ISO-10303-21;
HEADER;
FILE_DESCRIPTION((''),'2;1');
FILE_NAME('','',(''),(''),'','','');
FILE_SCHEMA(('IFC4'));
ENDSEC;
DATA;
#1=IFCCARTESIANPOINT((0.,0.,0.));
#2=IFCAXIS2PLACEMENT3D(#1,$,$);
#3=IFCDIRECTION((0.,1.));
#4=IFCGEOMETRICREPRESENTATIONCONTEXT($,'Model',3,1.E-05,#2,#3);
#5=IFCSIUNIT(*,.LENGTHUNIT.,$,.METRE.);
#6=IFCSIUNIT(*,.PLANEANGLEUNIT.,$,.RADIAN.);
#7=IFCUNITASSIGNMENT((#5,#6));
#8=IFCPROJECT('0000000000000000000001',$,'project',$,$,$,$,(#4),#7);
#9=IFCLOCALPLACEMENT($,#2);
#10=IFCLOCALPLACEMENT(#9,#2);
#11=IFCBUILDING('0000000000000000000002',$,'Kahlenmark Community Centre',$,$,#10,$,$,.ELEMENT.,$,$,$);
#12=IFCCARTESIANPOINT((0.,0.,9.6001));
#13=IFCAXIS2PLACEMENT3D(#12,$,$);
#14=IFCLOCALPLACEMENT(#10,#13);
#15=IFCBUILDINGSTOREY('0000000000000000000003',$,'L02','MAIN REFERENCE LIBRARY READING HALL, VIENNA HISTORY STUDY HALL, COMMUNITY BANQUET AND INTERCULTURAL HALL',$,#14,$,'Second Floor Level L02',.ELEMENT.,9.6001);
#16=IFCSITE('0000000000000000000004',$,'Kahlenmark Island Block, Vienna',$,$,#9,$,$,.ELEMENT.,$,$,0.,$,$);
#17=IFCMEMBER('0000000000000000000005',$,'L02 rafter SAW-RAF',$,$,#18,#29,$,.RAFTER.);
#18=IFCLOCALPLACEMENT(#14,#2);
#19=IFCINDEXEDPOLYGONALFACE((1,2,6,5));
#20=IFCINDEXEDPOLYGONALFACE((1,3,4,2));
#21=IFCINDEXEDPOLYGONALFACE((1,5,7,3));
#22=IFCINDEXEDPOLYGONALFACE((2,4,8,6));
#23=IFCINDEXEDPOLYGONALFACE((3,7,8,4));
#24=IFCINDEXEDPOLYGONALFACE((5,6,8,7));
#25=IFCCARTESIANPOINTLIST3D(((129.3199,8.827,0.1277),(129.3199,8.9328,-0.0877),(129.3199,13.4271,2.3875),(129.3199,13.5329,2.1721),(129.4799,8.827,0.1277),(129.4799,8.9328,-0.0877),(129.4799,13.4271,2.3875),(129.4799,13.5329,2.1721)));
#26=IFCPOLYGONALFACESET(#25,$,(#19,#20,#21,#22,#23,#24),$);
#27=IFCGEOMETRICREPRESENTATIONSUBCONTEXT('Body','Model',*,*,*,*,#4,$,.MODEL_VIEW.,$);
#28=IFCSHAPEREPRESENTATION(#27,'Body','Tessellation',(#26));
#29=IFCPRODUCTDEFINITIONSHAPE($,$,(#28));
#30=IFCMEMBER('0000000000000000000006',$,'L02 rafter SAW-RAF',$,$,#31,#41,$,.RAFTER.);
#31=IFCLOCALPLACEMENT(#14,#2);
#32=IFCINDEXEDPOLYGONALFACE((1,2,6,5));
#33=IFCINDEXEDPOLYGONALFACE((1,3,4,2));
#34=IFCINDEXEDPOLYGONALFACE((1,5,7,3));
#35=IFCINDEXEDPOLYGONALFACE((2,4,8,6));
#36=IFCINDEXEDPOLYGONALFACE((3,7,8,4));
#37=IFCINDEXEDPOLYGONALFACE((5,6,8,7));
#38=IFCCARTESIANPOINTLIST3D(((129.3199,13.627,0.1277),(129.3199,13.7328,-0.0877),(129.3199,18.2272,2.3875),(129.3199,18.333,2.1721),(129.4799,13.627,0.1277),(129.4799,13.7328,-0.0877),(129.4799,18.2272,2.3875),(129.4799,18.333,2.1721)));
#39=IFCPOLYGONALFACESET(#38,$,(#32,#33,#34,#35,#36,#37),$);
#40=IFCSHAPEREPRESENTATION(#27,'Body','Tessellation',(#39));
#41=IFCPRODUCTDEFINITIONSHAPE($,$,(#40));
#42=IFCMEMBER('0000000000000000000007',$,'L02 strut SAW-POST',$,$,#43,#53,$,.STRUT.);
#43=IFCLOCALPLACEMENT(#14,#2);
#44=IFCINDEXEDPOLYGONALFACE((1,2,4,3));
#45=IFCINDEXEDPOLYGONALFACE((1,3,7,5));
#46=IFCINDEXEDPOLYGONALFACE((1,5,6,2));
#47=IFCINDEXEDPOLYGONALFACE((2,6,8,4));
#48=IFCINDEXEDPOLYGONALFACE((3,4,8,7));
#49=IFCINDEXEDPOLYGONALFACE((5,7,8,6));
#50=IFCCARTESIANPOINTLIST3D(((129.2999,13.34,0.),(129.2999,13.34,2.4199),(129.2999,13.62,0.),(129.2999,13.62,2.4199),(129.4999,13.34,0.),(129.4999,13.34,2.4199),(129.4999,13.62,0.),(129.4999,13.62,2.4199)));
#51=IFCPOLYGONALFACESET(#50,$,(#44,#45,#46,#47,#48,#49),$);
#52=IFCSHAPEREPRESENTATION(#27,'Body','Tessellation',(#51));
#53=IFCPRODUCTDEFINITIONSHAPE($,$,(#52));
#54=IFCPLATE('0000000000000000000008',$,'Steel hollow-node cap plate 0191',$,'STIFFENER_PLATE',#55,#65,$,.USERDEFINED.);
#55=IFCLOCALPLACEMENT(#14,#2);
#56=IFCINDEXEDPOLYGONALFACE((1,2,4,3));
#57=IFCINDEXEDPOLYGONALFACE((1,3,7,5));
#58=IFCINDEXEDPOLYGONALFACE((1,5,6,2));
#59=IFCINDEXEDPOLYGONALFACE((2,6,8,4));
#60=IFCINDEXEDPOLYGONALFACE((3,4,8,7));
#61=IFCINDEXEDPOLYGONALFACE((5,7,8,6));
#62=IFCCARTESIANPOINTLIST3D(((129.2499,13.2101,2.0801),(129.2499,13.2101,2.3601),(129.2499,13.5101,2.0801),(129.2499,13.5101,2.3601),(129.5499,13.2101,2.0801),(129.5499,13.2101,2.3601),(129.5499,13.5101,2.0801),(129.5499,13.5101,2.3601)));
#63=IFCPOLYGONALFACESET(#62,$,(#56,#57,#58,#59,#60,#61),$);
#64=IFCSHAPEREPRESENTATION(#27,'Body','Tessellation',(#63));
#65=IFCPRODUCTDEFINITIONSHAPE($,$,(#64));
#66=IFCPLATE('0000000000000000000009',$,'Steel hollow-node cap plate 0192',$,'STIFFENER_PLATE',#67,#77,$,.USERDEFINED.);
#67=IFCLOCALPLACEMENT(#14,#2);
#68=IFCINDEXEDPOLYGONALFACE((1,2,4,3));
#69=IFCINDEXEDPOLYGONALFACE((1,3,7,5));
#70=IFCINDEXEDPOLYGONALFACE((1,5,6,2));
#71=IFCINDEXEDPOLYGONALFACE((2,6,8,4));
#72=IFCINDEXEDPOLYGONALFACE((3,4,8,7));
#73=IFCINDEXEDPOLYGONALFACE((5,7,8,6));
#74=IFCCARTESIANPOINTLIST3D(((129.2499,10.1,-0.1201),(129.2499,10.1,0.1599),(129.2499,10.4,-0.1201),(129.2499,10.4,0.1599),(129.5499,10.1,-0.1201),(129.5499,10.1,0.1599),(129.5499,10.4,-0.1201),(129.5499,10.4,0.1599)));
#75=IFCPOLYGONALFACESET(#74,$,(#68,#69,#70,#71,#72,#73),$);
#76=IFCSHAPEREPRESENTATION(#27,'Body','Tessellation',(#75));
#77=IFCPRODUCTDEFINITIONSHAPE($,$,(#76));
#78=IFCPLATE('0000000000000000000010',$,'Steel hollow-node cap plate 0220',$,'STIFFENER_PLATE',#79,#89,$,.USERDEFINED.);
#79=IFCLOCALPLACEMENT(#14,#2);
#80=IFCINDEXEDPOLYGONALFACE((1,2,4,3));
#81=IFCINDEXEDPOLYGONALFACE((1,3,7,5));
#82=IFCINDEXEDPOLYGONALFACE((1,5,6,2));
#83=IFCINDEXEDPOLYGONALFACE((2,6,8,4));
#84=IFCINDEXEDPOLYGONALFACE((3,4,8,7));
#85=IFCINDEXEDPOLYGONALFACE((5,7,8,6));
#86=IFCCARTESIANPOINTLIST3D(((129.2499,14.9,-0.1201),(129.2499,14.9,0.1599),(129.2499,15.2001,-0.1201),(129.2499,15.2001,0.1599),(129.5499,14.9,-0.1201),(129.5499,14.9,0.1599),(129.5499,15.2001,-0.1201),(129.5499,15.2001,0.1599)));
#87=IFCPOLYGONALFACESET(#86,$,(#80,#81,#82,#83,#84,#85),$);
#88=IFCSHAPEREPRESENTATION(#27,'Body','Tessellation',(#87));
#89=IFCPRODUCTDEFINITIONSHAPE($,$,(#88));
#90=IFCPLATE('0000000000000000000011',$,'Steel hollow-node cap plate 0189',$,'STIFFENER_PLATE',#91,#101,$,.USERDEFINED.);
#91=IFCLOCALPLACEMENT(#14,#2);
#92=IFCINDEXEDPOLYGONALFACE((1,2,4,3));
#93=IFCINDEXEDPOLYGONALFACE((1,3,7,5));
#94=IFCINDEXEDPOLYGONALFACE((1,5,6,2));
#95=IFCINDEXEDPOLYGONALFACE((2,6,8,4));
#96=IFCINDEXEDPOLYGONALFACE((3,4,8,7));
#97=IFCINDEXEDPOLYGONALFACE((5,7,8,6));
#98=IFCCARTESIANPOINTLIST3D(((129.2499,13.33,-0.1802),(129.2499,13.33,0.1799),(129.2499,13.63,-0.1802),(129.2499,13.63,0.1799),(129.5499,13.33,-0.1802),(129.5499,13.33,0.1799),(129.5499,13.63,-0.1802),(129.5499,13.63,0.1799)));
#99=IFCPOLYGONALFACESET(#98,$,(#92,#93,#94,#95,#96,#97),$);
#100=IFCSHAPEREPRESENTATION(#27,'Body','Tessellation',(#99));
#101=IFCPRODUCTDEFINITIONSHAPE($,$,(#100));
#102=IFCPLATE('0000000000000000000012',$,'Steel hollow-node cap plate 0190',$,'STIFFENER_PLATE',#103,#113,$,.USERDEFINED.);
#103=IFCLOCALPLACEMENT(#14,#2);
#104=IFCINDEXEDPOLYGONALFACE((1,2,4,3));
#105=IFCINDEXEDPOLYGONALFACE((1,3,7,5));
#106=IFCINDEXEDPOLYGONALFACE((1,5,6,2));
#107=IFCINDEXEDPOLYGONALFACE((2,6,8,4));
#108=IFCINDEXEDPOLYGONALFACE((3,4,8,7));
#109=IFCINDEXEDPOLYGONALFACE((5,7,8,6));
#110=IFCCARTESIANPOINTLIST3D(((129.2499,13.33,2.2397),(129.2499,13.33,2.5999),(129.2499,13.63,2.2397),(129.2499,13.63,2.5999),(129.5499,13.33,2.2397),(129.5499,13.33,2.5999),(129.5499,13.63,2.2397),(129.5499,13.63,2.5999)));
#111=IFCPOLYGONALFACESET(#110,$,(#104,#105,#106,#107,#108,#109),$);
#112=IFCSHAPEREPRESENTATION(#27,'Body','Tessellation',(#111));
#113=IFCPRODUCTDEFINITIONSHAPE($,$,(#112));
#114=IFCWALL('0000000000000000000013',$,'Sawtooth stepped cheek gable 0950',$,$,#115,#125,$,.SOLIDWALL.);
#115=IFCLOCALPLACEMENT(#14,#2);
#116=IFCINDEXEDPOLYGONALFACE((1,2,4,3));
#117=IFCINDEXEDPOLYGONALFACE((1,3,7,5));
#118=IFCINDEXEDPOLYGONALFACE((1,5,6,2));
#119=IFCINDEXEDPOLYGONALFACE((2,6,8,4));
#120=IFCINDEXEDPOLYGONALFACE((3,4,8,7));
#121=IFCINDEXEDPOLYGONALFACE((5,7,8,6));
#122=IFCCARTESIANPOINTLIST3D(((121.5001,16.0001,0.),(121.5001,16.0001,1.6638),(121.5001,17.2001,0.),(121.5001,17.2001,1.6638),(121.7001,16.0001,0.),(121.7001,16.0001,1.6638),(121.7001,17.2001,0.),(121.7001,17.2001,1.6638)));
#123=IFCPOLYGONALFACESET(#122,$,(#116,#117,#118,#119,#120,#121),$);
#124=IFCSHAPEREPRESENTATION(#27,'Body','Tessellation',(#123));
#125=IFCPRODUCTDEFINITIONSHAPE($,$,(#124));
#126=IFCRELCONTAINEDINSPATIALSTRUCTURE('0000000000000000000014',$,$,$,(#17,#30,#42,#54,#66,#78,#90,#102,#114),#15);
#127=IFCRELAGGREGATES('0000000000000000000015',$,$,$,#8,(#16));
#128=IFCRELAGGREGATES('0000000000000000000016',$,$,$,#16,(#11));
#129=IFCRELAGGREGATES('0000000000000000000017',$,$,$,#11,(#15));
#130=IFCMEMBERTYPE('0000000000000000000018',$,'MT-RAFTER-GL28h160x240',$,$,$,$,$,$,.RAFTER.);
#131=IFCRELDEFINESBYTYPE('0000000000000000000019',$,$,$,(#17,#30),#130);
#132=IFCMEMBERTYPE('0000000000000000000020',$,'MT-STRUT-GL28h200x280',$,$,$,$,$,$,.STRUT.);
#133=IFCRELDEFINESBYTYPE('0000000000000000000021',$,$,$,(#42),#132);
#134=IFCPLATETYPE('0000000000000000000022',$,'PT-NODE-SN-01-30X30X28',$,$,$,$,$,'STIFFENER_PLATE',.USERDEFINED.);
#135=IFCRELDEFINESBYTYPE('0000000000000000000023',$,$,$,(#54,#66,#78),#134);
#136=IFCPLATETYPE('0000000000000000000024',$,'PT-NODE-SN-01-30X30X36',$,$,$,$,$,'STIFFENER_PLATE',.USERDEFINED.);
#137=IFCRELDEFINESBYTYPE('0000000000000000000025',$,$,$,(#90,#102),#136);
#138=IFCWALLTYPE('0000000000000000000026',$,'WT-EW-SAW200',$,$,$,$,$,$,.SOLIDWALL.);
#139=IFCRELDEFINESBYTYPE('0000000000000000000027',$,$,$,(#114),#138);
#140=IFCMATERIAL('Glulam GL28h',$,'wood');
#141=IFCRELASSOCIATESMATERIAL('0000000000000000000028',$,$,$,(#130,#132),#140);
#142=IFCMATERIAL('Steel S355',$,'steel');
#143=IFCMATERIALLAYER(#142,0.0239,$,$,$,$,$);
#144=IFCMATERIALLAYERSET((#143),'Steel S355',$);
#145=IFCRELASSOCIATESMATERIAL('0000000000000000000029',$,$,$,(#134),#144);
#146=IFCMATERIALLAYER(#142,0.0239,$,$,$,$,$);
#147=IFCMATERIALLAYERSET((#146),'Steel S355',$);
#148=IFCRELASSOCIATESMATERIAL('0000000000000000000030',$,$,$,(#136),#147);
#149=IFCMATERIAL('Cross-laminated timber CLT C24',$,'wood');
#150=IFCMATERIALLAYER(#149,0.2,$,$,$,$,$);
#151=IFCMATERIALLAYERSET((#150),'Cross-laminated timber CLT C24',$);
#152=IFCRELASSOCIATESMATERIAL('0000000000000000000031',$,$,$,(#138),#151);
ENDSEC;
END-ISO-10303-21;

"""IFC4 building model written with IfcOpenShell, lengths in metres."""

from ifc_helpers import new_model, si_unit, direction, frame, frame_2d, origin, origin_2d, place, context, subcontext, project, spatial, rectangle, extrude, material, layer, layer_set, material_profile, profile_set, type_object, element, save


model = new_model("IFC4")

# Units and contexts
model_context = context("Model", 3, precision=1e-05, world=origin(), true_north=direction((0.0, 1.0)))
body_context = subcontext(model_context, "Body", "Model", "MODEL_VIEW")
ifc_project = project(units=[si_unit("LENGTHUNIT", "METRE"), si_unit("PLANEANGLEUNIT", "RADIAN")], contexts=[model_context])

# Site, building, storey
site_placement = place(None, origin())
site = spatial("IfcSite", under=ifc_project, at=site_placement, Name="Kahlenmark Island Block, Vienna", CompositionType="ELEMENT", RefElevation=0.0)
building_placement = place(site_placement, origin())
building = spatial("IfcBuilding", under=site, at=building_placement, Name="Kahlenmark Community Centre", CompositionType="ELEMENT")
storey_placement = place(building_placement, frame((0.0, 0.0, 9.6001)))
storey = spatial("IfcBuildingStorey", under=building, at=storey_placement, Name="L02", Description="MAIN REFERENCE LIBRARY READING HALL, VIENNA HISTORY STUDY HALL, COMMUNITY BANQUET AND INTERCULTURAL HALL", LongName="Second Floor Level L02", CompositionType="ELEMENT", Elevation=9.6001)

# Members
ifc_material_1 = material(Name="Steel S355", Category="steel")
ifc_material_2 = material(Name="Glulam GL28h", Category="wood")
ifc_material_profile_1 = material_profile(ifc_material_2, rectangle(XDim=0.1599, YDim=0.24, at=origin_2d()), Name="GL28h 160x240")
ifc_profile_set_1 = profile_set([ifc_material_profile_1], Name="Glulam GL28h")
member_type_1 = type_object("IfcMemberType", Name="MT-RAFTER-GL28h160x240", PredefinedType="RAFTER", material=ifc_profile_set_1)
for number, where, z_axis, x_axis, name in (
    (1, (129.3999, 8.8799, 0.02), (0.0, 0.897549, 0.440915), (-1.0, 0.0, 0.0), "L02 rafter SAW-RAF"),
    (2, (129.3999, 13.6799, 0.02), (0.0, 0.897549, 0.440915), (-1.0, 0.0, 0.0), "L02 rafter SAW-RAF"),
):
    element("IfcMember", number, at=place(storey_placement, frame(where, z_axis=z_axis, x_axis=x_axis)), inside=storey, type_object=member_type_1, Name=name, PredefinedType="RAFTER", context=body_context, shape_type="SweptSolid", body=[
        extrude(rectangle(XDim=0.1599, YDim=0.24, at=origin_2d()), origin(), (0.0, 0.0, 1.0), 5.1252),
    ])
ifc_material_profile_2 = material_profile(ifc_material_2, rectangle(XDim=0.2, YDim=0.28, at=origin_2d()), Name="GL28h 200x280")
ifc_profile_set_2 = profile_set([ifc_material_profile_2], Name="Glulam GL28h")
member_type_2 = type_object("IfcMemberType", Name="MT-STRUT-GL28h200x280", PredefinedType="STRUT", material=ifc_profile_set_2)
member_1_placement = place(storey_placement, frame((129.3999, 13.48, 0.0), z_axis=(0.0, 0.0, 1.0), x_axis=(1.0, 0.0, 0.0)))
element("IfcMember", 3, at=member_1_placement, inside=storey, type_object=member_type_2, Name="L02 strut SAW-POST", PredefinedType="STRUT", context=body_context, shape_type="SweptSolid", body=[
    extrude(rectangle(XDim=0.2, YDim=0.28, at=origin_2d()), origin(), (0.0, 0.0, 1.0), 2.4199),
])

# Plates
ifc_layer_1 = layer(ifc_material_1, 0.0239)
ifc_layer_set_1 = layer_set([ifc_layer_1], Name="Steel S355")
plate_type_1 = type_object("IfcPlateType", Name="PT-NODE-SN-01-30X30X28", ElementType="STIFFENER_PLATE", PredefinedType="USERDEFINED", material=ifc_layer_set_1)
for number, where, z_axis, x_axis, name in (
    (4, (129.3999, 13.3601, 2.0801), (0.0, 0.0, 1.0), (1.0, 0.0, 0.0), "Steel hollow-node cap plate 0191"),
    (5, (129.3999, 10.25, -0.1201), (0.0, 0.0, 1.0), (1.0, 0.0, 0.0), "Steel hollow-node cap plate 0192"),
    (6, (129.3999, 15.05, -0.1201), (0.0, 0.0, 1.0), (1.0, 0.0, 0.0), "Steel hollow-node cap plate 0220"),
):
    element("IfcPlate", number, at=place(storey_placement, frame(where, z_axis=z_axis, x_axis=x_axis)), inside=storey, type_object=plate_type_1, Name=name, ObjectType="STIFFENER_PLATE", PredefinedType="USERDEFINED", context=body_context, shape_type="SweptSolid", body=[
        extrude(rectangle(XDim=0.3, YDim=0.3, at=origin_2d()), origin(), (0.0, 0.0, 1.0), 0.28),
    ])
ifc_layer_2 = layer(ifc_material_1, 0.0239)
ifc_layer_set_2 = layer_set([ifc_layer_2], Name="Steel S355")
plate_type_2 = type_object("IfcPlateType", Name="PT-NODE-SN-01-30X30X36", ElementType="STIFFENER_PLATE", PredefinedType="USERDEFINED", material=ifc_layer_set_2)
for number, where, z_axis, x_axis, name in (
    (7, (129.3999, 13.48, -0.1802), (0.0, 0.0, 1.0), (1.0, 0.0, 0.0), "Steel hollow-node cap plate 0189"),
    (8, (129.3999, 13.48, 2.2397), (0.0, 0.0, 1.0), (1.0, 0.0, 0.0), "Steel hollow-node cap plate 0190"),
):
    element("IfcPlate", number, at=place(storey_placement, frame(where, z_axis=z_axis, x_axis=x_axis)), inside=storey, type_object=plate_type_2, Name=name, ObjectType="STIFFENER_PLATE", PredefinedType="USERDEFINED", context=body_context, shape_type="SweptSolid", body=[
        extrude(rectangle(XDim=0.3, YDim=0.3, at=origin_2d()), origin(), (0.0, 0.0, 1.0), 0.3601),
    ])

# Wall
ifc_material_3 = material(Name="Cross-laminated timber CLT C24", Category="wood")
ifc_layer_3 = layer(ifc_material_3, 0.2)
ifc_layer_set_3 = layer_set([ifc_layer_3], Name="Cross-laminated timber CLT C24")
wall_type = type_object("IfcWallType", Name="WT-EW-SAW200", PredefinedType="SOLIDWALL", material=ifc_layer_set_3)
wall_placement = place(storey_placement, frame((121.6001, 16.0, 0.0), z_axis=(0.0, 0.0, 1.0), x_axis=(0.0, 1.0, 0.0)))
element("IfcWall", 9, at=wall_placement, inside=storey, type_object=wall_type, Name="Sawtooth stepped cheek gable 0950", PredefinedType="SOLIDWALL", context=body_context, shape_type="SweptSolid", body=[
    extrude(rectangle(XDim=1.2, YDim=0.2, at=frame_2d((0.6001, 0.0))), origin(), (0.0, 0.0, 1.0), 1.6638),
])

save(model, "model.ifc")
